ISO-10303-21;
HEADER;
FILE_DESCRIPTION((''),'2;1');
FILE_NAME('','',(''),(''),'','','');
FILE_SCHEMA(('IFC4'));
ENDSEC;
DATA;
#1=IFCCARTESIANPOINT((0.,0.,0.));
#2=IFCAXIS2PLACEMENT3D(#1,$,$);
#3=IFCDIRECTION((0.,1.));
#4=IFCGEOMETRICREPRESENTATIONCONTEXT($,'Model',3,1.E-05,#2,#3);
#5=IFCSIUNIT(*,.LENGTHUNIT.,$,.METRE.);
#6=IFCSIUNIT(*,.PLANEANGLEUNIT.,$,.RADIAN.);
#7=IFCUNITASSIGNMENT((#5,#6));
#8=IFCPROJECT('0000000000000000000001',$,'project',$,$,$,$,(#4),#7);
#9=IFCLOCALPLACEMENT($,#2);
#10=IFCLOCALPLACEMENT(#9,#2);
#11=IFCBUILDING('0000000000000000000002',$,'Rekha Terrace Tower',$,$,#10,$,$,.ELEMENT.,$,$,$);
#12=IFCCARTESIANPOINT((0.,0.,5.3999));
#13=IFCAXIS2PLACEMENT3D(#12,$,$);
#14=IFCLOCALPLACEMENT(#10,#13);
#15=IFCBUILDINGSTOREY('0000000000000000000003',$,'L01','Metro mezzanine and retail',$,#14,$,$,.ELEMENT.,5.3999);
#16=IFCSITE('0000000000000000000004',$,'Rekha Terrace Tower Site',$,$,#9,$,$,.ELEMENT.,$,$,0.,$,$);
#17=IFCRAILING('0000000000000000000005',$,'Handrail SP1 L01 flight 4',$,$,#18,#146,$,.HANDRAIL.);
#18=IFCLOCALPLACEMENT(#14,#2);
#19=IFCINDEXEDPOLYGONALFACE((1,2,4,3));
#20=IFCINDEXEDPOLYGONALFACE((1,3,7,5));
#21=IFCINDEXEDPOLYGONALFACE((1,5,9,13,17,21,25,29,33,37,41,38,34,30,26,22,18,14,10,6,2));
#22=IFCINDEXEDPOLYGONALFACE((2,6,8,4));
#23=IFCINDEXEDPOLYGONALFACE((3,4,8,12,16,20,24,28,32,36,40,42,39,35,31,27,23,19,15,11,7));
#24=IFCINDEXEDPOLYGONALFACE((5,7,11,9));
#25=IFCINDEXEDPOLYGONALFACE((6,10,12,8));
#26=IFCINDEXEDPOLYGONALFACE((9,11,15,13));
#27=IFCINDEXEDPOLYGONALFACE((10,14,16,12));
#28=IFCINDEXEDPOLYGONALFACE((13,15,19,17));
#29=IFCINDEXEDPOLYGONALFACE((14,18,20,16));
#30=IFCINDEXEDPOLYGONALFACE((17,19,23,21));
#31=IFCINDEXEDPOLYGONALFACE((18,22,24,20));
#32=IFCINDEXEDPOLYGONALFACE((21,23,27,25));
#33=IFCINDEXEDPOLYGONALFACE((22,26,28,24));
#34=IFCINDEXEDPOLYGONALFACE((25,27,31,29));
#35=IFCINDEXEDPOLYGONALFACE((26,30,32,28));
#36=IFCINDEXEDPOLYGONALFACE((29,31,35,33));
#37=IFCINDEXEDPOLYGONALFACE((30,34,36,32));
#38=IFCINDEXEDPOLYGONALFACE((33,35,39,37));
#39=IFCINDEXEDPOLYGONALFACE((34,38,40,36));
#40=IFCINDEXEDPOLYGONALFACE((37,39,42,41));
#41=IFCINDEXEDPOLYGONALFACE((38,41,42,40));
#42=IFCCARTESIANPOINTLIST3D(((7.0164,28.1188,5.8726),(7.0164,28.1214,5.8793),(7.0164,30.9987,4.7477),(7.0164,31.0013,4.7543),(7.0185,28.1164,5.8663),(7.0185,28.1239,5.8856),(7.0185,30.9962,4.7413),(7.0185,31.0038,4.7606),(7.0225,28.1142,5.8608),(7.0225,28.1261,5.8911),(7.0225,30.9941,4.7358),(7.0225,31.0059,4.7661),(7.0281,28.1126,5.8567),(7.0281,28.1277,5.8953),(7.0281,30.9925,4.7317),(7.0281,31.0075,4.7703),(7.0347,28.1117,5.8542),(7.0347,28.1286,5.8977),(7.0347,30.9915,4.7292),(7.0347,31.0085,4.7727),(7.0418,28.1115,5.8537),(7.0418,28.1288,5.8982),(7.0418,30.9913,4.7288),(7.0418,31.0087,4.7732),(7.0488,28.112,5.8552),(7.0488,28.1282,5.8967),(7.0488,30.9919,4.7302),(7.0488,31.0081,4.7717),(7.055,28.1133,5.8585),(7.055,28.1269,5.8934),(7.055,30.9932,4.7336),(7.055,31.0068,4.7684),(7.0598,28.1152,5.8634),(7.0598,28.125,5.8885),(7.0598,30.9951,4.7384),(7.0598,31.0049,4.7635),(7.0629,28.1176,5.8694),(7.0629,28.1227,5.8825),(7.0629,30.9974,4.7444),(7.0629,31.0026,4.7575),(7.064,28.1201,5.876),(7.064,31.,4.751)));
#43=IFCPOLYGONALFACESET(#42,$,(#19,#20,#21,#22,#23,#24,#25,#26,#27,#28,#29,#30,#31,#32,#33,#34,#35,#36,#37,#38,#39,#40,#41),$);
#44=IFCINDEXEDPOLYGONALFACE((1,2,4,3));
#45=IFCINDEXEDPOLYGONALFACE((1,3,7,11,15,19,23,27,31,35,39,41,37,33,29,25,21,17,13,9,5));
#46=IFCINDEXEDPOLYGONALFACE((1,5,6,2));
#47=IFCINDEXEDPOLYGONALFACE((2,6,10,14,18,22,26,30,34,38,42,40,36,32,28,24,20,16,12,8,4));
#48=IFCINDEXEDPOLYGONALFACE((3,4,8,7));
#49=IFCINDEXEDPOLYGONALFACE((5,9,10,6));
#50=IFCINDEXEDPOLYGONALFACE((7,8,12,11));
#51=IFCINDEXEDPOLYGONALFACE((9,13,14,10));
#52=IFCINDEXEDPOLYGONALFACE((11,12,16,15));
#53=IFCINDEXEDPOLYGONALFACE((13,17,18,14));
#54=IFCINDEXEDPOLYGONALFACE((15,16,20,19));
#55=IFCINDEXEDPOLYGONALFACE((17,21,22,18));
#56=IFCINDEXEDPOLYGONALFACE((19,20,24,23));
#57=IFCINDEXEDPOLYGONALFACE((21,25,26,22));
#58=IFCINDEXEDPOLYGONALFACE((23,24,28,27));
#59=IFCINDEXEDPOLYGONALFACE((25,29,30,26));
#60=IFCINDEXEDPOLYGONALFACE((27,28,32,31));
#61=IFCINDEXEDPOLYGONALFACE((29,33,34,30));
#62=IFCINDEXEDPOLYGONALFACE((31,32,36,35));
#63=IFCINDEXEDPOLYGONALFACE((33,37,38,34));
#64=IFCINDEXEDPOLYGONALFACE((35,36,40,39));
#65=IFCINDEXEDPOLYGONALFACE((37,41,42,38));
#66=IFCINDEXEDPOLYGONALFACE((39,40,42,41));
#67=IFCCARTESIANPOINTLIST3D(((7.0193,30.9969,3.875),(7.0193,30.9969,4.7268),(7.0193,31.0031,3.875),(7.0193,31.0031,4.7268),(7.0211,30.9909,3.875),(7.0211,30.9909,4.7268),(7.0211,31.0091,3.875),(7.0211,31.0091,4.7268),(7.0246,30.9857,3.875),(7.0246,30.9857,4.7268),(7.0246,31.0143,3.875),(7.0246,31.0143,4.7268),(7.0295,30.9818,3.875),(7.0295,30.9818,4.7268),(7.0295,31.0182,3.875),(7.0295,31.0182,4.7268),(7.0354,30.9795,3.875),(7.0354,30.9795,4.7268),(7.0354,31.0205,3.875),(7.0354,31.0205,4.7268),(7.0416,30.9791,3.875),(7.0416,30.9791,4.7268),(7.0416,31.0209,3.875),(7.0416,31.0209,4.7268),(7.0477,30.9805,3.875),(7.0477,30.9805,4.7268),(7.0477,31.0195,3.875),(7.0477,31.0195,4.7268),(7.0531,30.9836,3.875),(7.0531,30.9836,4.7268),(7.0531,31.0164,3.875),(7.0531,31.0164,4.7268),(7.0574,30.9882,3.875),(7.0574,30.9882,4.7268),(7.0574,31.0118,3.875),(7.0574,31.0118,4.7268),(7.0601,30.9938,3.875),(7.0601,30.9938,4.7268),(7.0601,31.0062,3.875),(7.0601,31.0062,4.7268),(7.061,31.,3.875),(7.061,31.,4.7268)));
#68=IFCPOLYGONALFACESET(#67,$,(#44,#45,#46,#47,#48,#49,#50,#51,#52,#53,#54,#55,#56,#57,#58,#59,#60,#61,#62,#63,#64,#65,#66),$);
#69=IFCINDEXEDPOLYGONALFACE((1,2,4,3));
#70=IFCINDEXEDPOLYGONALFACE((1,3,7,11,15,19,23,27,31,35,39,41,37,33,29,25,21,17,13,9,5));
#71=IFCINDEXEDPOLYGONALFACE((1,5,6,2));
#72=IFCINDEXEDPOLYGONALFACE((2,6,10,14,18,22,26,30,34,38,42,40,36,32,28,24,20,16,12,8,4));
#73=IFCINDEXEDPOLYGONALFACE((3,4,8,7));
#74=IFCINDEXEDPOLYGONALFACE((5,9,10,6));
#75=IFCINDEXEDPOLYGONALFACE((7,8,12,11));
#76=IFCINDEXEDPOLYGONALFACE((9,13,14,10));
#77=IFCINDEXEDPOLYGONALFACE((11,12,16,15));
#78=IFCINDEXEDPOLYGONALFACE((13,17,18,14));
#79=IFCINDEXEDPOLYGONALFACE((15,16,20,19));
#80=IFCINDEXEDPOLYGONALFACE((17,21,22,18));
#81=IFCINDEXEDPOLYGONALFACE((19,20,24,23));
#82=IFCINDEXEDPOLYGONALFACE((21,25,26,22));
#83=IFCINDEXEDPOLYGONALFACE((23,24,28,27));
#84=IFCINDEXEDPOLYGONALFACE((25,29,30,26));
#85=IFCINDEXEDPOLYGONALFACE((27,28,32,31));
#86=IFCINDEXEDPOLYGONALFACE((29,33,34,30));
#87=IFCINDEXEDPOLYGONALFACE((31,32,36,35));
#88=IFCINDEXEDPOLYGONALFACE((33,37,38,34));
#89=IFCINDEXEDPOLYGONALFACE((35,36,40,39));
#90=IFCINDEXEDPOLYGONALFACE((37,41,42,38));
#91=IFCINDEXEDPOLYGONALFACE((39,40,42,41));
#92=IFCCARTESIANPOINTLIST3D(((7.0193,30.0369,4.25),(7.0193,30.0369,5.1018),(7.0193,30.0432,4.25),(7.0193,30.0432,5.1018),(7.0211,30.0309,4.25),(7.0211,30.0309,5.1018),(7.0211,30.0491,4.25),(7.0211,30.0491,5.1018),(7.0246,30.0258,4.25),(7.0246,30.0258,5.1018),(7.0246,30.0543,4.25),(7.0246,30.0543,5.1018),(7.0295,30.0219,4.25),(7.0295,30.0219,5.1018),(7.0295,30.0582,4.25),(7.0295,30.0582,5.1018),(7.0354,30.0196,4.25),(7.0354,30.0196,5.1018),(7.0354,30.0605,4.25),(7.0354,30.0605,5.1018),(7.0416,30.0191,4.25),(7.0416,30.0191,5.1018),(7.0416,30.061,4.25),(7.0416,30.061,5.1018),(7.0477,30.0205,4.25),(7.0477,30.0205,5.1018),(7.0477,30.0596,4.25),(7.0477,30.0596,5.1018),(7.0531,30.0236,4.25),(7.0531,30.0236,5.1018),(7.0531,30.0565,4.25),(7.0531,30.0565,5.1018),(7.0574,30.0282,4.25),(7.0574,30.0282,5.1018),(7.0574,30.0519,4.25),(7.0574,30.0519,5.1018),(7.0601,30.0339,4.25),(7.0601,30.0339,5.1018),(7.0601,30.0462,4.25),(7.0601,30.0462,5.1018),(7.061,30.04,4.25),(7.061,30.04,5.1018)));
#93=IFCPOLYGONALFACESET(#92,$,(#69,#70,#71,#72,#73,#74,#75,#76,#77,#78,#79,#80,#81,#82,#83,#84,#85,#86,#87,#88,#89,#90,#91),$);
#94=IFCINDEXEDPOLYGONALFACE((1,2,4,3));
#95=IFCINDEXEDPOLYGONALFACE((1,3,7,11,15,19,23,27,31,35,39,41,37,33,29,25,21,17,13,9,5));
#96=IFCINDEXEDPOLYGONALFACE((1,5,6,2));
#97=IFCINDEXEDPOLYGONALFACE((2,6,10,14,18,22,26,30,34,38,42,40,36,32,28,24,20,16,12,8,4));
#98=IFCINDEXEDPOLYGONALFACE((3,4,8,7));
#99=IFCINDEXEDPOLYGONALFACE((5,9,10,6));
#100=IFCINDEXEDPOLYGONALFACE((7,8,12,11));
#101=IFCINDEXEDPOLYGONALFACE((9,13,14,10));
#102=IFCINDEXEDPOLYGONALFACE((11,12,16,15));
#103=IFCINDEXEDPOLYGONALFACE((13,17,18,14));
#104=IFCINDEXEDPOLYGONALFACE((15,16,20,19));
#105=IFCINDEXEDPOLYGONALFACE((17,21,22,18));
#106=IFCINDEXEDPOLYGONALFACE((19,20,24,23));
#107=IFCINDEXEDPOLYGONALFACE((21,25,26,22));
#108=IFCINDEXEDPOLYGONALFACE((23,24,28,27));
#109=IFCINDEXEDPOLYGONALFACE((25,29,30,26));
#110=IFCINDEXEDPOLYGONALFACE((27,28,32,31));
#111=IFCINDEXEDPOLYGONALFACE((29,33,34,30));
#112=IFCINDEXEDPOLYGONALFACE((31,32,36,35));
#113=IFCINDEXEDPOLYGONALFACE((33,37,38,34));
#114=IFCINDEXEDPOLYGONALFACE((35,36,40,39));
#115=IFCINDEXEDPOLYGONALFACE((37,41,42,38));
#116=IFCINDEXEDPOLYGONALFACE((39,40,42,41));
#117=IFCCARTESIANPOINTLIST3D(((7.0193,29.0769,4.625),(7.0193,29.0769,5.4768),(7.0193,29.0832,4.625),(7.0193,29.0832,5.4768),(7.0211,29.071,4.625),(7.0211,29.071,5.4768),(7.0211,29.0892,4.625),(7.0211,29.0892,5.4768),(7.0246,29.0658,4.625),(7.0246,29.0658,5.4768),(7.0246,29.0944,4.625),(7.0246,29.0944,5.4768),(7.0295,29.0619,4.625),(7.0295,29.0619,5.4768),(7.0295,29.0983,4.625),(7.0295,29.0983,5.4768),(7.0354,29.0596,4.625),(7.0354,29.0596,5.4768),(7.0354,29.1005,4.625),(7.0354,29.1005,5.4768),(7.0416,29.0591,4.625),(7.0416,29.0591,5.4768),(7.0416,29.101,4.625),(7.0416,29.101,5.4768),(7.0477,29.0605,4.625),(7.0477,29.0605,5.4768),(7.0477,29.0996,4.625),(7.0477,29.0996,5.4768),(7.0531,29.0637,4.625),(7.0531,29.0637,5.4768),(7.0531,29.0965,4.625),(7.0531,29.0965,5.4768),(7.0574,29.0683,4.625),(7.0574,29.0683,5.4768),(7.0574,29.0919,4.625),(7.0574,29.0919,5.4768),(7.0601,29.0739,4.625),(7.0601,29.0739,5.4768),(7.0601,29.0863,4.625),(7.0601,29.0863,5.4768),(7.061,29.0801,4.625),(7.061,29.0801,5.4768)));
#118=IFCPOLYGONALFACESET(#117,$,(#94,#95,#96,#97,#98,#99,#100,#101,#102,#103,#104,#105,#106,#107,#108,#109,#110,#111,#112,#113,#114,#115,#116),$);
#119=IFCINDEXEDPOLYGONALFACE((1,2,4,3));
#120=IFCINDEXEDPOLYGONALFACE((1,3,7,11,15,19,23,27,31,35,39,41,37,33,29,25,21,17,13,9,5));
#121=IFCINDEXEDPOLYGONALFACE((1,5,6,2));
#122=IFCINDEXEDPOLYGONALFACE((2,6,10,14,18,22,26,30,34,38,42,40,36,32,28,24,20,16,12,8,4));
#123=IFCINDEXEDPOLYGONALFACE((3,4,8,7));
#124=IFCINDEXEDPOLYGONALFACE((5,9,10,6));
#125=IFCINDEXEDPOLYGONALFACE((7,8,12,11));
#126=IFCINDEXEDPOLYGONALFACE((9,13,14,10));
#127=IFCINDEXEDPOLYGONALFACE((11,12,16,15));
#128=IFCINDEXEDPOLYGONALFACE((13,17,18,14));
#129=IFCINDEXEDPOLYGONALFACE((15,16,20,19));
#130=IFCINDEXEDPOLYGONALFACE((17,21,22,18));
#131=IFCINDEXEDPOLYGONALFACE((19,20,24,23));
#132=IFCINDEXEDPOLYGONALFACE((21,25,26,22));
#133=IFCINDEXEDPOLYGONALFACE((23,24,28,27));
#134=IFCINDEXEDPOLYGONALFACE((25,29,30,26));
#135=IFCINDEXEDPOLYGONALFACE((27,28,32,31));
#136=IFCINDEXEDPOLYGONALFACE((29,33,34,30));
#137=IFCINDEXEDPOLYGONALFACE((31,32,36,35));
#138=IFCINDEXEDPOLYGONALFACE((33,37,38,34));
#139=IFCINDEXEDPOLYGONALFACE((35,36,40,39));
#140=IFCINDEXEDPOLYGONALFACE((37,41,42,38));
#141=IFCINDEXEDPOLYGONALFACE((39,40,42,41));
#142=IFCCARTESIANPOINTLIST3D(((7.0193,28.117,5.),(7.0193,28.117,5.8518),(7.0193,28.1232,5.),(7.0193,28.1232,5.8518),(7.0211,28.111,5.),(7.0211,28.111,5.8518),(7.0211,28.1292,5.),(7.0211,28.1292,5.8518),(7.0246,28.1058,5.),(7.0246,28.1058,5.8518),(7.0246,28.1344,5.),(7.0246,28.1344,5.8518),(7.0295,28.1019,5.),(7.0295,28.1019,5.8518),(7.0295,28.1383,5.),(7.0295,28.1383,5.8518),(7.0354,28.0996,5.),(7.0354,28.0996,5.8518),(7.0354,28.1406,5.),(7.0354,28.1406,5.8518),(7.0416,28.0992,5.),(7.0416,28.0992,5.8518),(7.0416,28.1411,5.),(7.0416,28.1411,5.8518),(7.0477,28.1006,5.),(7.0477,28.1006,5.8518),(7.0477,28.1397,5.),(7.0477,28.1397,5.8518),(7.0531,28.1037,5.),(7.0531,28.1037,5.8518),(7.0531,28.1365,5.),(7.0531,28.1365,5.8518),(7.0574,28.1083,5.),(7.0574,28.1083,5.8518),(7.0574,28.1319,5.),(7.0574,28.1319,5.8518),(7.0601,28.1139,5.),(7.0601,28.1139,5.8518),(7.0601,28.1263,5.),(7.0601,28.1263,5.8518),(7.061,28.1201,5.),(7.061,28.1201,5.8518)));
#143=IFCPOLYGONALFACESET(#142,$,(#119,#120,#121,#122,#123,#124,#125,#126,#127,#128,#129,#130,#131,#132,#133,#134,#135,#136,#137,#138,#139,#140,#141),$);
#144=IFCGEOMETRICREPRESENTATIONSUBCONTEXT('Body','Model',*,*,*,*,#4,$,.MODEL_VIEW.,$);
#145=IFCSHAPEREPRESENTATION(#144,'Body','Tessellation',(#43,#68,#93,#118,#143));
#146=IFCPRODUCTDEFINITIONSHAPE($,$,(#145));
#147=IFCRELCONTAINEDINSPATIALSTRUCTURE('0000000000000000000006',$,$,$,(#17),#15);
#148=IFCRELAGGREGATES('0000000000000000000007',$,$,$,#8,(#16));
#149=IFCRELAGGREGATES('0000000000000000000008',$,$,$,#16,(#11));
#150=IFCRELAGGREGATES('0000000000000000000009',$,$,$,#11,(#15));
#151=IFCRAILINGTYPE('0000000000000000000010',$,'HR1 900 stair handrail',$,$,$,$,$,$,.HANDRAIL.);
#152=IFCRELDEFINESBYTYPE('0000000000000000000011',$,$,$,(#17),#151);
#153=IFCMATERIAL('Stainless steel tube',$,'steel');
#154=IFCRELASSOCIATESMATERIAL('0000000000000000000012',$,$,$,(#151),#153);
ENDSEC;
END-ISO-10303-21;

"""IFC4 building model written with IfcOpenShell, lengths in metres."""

from ifc_helpers import new_model, si_unit, direction, frame, origin, origin_2d, place, context, subcontext, project, spatial, circle, extrude, material, type_object, element, save


model = new_model("IFC4")

# Units and contexts
model_context = context("Model", 3, precision=1e-05, world=origin(), true_north=direction((0.0, 1.0)))
body_context = subcontext(model_context, "Body", "Model", "MODEL_VIEW")
ifc_project = project(units=[si_unit("LENGTHUNIT", "METRE"), si_unit("PLANEANGLEUNIT", "RADIAN")], contexts=[model_context])

# Site, building, storey
site_placement = place(None, origin())
site = spatial("IfcSite", under=ifc_project, at=site_placement, Name="Rekha Terrace Tower Site", CompositionType="ELEMENT", RefElevation=0.0)
building_placement = place(site_placement, origin())
building = spatial("IfcBuilding", under=site, at=building_placement, Name="Rekha Terrace Tower", CompositionType="ELEMENT")
storey_placement = place(building_placement, frame((0.0, 0.0, 5.3999)))
storey = spatial("IfcBuildingStorey", under=building, at=storey_placement, Name="L01", Description="Metro mezzanine and retail", CompositionType="ELEMENT", Elevation=5.3999)

# Railing
ifc_material_1 = material(Name="Stainless steel tube", Category="steel")
railing_type_1 = type_object("IfcRailingType", Name="HR1 900 stair handrail", PredefinedType="HANDRAIL", material=ifc_material_1)
railing_1_placement = place(storey_placement, frame((7.04, 31.0, 3.875)))
element("IfcRailing", 1, at=railing_1_placement, inside=storey, type_object=railing_type_1, Name="Handrail SP1 L01 flight 4", PredefinedType="HANDRAIL", context=body_context, shape_type="SweptSolid", body=[
    extrude(circle(Radius=0.0239, at=origin_2d()), frame((0.0, 0.0, 0.876), z_axis=(0.0, -0.931452, 0.363863), x_axis=(1.0, 0.0, 0.0)), (0.0, 0.0, 1.0), 3.0918),
    extrude(circle(Radius=0.021, at=origin_2d()), origin(), (0.0, 0.0, 1.0), 0.8518),
    extrude(circle(Radius=0.021, at=origin_2d()), frame((0.0, -0.96, 0.375)), (0.0, 0.0, 1.0), 0.8518),
    extrude(circle(Radius=0.021, at=origin_2d()), frame((0.0, -1.9199, 0.75)), (0.0, 0.0, 1.0), 0.8518),
    extrude(circle(Radius=0.021, at=origin_2d()), frame((0.0, -2.8799, 1.125)), (0.0, 0.0, 1.0), 0.8518),
])

save(model, "model.ifc")
